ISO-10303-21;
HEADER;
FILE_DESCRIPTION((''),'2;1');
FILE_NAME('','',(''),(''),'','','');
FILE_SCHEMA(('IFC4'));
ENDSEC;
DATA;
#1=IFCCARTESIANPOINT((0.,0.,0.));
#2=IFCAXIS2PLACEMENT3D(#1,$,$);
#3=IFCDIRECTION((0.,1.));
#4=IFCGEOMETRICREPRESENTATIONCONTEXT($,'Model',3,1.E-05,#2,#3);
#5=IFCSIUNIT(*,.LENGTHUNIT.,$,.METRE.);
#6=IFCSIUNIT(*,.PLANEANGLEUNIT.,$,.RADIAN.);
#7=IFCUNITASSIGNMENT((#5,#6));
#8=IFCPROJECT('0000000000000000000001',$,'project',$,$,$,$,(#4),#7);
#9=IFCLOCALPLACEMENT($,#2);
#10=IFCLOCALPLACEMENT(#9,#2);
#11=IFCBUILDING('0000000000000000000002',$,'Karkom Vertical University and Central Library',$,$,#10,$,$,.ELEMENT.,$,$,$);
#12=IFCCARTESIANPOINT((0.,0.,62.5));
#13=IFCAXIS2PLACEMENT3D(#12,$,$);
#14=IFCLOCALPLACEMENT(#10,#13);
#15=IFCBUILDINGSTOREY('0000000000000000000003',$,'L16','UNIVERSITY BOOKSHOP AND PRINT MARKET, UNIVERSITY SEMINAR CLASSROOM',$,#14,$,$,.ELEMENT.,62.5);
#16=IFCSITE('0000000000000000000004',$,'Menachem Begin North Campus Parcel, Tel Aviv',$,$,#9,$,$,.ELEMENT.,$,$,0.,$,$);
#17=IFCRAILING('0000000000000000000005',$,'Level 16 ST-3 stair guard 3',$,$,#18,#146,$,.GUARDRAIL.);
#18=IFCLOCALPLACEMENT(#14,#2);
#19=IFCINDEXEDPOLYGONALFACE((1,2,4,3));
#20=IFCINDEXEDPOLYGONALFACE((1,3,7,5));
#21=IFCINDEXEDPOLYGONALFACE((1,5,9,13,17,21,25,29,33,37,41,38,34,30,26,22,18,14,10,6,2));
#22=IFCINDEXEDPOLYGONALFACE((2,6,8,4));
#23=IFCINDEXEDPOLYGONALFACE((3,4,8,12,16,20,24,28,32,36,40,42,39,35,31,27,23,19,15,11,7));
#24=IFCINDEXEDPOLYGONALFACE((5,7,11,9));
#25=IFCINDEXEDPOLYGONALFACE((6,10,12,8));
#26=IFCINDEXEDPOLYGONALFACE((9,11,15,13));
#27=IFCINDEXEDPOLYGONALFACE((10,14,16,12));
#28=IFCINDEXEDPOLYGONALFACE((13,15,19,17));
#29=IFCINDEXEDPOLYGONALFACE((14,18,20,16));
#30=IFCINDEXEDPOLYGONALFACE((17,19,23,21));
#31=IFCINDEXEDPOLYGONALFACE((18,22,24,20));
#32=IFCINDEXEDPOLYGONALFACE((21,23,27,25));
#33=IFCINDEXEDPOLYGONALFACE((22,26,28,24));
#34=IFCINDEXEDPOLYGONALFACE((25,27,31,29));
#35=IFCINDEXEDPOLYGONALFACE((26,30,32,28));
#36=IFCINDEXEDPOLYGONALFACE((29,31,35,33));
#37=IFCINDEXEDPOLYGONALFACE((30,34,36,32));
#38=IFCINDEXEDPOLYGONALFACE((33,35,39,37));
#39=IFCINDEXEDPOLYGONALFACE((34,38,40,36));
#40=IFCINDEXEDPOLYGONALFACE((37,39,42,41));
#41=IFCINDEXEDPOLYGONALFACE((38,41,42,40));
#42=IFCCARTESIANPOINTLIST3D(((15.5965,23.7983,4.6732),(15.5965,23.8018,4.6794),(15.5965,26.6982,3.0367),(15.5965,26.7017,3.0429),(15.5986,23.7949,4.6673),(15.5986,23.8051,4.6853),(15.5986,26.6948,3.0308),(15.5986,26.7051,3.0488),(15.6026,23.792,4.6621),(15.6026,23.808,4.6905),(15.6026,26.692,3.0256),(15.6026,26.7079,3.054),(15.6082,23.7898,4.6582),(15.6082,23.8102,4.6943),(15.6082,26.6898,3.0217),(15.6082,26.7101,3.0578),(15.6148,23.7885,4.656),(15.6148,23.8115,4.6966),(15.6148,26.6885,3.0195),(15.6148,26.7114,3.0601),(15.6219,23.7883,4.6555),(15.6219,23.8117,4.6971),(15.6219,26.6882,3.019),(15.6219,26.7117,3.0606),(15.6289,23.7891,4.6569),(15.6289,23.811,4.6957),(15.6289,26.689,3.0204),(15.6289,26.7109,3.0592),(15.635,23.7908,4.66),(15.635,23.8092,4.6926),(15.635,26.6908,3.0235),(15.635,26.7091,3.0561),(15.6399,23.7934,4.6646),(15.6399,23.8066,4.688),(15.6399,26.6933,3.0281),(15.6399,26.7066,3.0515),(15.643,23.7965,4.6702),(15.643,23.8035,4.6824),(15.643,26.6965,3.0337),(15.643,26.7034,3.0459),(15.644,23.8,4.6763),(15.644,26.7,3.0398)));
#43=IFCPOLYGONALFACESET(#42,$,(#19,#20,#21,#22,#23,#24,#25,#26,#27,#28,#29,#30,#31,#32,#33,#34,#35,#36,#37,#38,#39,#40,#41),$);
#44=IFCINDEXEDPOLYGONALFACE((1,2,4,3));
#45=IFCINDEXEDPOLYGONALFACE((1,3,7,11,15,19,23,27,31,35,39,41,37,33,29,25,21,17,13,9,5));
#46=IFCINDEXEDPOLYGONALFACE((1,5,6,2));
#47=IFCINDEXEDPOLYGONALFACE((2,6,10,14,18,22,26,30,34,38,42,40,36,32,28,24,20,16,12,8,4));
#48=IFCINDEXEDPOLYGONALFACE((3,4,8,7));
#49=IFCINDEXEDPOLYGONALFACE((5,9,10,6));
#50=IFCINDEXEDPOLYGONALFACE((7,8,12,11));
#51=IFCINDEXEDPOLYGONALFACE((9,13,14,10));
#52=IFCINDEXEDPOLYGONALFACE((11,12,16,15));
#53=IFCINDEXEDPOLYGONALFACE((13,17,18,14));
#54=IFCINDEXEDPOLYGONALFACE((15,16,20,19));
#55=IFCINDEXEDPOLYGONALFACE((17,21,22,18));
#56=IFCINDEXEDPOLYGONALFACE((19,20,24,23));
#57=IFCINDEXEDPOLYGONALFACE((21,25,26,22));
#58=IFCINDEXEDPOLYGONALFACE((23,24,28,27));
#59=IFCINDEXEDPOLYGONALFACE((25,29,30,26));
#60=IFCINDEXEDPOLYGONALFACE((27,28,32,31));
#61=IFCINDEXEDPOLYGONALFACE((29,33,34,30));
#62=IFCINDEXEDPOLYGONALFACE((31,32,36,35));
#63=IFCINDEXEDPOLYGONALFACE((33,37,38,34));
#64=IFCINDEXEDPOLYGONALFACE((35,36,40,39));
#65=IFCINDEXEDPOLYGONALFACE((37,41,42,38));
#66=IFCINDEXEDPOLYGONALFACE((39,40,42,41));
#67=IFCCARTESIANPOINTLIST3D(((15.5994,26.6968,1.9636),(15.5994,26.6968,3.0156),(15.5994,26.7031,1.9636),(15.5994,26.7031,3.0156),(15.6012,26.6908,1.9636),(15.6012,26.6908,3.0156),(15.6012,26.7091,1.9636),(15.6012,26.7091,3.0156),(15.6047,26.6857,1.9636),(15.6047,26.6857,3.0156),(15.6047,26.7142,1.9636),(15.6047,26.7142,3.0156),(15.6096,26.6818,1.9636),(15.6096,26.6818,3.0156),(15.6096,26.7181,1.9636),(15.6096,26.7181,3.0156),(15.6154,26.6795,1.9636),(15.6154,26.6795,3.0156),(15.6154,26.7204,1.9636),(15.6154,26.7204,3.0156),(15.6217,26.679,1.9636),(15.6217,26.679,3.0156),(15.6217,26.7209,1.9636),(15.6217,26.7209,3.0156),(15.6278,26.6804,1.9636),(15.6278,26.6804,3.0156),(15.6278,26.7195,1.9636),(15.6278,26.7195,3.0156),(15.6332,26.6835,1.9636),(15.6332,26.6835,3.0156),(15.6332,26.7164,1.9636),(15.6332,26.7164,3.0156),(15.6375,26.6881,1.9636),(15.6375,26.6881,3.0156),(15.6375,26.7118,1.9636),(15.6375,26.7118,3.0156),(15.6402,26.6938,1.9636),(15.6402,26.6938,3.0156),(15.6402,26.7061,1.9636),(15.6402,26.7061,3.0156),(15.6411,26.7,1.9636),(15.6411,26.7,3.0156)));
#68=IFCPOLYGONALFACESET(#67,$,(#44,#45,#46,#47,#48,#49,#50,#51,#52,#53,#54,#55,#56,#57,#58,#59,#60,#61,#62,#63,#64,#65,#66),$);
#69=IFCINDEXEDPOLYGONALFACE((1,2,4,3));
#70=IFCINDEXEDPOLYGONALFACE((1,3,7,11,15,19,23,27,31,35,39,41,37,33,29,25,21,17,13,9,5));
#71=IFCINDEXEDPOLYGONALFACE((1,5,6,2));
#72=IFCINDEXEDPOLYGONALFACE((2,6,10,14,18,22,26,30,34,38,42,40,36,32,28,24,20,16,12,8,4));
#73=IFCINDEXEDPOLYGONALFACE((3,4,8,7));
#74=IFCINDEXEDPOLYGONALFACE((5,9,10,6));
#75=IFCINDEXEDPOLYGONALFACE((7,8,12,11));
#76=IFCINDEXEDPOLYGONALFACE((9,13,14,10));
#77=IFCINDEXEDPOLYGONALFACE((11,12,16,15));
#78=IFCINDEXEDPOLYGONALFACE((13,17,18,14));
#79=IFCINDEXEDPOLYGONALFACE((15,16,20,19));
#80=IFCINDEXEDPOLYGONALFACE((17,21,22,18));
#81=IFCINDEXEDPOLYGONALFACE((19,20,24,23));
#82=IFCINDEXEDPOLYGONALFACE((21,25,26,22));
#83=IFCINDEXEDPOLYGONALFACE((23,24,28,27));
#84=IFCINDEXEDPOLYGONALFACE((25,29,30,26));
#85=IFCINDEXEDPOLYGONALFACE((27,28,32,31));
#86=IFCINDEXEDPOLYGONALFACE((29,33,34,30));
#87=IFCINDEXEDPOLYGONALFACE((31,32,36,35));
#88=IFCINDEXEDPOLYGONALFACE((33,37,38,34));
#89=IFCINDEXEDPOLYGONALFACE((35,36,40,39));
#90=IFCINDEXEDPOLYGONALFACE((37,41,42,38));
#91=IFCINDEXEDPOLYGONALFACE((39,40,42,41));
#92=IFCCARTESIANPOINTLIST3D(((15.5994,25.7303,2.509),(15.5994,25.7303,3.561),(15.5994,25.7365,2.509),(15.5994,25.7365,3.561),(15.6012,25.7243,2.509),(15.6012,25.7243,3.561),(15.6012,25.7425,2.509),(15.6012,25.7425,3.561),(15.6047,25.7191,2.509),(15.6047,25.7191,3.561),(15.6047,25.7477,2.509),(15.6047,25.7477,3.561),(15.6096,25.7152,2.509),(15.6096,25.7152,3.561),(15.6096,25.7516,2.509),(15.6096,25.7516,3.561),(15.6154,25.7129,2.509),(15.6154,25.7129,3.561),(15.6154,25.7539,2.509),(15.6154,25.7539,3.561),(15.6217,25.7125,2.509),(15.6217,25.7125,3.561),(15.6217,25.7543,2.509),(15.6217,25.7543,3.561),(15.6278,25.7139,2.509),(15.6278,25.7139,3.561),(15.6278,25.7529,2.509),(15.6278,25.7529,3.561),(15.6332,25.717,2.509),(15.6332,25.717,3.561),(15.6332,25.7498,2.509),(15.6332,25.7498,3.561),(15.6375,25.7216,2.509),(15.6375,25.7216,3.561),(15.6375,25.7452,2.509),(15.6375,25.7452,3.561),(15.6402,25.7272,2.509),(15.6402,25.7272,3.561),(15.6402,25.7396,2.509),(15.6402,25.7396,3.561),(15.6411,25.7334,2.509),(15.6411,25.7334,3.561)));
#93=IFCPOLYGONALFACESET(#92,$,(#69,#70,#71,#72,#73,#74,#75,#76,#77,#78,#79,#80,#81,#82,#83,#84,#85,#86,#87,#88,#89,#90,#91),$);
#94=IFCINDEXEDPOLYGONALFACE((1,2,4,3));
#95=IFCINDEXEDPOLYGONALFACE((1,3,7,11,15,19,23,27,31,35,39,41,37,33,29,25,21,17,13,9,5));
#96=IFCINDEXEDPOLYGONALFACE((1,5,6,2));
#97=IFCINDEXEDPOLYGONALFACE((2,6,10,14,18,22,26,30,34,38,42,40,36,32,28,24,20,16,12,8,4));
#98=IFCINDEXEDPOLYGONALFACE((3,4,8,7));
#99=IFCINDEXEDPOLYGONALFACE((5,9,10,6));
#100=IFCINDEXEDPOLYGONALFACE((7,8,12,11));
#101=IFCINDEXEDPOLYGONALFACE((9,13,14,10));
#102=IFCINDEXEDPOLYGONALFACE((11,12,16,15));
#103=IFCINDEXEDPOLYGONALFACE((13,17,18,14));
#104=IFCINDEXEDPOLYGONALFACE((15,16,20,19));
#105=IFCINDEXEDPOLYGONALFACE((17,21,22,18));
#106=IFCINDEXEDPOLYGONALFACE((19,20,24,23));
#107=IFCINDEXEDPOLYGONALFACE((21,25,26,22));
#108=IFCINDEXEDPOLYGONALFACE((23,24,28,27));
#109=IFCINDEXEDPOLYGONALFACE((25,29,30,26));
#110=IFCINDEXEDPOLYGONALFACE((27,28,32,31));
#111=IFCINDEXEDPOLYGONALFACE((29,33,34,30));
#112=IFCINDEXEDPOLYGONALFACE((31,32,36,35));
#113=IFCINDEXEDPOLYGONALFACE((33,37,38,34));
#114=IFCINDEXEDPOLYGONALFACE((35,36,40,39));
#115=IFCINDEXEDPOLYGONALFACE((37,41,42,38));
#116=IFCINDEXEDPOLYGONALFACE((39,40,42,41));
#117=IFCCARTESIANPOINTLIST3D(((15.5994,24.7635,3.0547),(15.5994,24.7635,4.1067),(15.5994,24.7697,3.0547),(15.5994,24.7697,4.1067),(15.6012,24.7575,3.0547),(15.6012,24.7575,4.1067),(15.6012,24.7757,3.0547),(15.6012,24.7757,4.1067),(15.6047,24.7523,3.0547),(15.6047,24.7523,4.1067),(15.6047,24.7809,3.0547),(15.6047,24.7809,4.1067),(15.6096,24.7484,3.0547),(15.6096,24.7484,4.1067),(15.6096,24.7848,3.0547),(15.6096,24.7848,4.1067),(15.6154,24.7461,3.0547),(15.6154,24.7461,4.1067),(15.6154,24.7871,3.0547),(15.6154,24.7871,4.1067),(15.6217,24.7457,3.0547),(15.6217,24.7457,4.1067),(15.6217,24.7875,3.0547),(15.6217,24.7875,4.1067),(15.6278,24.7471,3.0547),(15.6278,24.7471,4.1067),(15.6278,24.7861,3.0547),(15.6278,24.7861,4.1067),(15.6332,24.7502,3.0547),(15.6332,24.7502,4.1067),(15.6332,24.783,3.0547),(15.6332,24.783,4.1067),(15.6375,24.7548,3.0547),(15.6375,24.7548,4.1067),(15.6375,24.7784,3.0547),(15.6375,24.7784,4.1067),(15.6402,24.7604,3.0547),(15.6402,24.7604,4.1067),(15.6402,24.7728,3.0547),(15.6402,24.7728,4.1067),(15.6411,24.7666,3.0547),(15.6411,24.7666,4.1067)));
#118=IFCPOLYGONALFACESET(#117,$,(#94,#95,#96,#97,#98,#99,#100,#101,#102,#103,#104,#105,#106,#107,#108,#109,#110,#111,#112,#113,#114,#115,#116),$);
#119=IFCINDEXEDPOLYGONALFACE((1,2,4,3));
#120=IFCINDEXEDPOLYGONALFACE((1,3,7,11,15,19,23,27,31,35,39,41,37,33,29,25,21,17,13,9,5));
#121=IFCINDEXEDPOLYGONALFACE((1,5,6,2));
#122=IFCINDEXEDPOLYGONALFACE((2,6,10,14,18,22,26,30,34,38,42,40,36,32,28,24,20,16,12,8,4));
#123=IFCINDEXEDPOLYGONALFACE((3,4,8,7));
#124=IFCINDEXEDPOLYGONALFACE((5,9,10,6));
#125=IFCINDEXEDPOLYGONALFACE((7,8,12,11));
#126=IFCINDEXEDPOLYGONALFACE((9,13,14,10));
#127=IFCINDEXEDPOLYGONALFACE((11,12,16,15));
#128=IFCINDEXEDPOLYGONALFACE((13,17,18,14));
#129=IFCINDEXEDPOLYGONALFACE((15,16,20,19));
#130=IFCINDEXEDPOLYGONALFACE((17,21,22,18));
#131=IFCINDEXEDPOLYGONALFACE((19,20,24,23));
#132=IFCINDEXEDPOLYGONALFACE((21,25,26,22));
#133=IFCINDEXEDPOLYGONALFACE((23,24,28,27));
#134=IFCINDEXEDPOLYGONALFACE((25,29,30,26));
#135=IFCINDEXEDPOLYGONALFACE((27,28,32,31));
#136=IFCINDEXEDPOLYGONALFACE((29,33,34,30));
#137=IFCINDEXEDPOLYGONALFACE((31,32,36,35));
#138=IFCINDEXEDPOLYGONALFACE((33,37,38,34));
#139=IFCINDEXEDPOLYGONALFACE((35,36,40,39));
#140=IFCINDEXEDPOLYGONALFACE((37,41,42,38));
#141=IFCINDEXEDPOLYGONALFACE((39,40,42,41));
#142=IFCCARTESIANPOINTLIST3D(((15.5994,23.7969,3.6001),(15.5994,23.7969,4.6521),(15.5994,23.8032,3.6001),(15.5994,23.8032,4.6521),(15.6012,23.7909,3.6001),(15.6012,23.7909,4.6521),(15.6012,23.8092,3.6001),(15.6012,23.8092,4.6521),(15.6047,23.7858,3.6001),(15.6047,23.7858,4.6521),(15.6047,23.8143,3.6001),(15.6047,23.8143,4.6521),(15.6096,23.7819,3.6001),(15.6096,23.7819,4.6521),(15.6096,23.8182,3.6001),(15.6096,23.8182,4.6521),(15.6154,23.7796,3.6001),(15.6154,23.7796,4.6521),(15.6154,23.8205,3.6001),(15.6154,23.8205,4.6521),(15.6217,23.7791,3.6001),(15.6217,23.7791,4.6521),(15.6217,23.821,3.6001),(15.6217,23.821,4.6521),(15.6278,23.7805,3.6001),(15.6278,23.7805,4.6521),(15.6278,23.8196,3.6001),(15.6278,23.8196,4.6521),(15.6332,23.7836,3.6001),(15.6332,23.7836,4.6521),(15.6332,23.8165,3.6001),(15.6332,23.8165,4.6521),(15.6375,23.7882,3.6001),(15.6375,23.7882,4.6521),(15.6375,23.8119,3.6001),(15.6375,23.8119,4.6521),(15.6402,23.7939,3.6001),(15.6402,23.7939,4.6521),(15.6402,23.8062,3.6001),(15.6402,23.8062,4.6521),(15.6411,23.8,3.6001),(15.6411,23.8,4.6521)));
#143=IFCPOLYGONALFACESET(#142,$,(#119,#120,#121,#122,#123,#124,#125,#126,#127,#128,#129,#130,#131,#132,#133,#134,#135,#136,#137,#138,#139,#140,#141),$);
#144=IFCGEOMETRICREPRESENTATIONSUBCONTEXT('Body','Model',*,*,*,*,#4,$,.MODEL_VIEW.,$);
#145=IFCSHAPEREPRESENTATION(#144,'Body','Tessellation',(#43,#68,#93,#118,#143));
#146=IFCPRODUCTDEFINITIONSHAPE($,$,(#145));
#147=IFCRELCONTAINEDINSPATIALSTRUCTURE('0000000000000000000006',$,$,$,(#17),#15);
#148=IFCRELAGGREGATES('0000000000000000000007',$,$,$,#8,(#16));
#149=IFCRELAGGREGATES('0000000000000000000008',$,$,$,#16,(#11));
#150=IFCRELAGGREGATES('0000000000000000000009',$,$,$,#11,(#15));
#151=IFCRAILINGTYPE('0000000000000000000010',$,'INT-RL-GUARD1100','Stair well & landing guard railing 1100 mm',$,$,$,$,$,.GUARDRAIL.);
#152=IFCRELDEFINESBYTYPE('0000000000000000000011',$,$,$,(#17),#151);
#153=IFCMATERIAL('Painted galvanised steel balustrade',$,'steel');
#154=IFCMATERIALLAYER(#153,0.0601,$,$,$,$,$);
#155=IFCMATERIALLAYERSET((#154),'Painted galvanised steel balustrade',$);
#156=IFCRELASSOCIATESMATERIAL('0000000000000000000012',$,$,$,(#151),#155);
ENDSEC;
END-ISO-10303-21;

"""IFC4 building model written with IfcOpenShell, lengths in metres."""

from ifc_helpers import new_model, si_unit, direction, frame, origin, origin_2d, place, context, subcontext, project, spatial, circle, extrude, material, layer, layer_set, type_object, element, save


model = new_model("IFC4")

# Units and contexts
model_context = context("Model", 3, precision=1e-05, world=origin(), true_north=direction((0.0, 1.0)))
body_context = subcontext(model_context, "Body", "Model", "MODEL_VIEW")
ifc_project = project(units=[si_unit("LENGTHUNIT", "METRE"), si_unit("PLANEANGLEUNIT", "RADIAN")], contexts=[model_context])

# Site, building, storey
site_placement = place(None, origin())
site = spatial("IfcSite", under=ifc_project, at=site_placement, Name="Menachem Begin North Campus Parcel, Tel Aviv", CompositionType="ELEMENT", RefElevation=0.0)
building_placement = place(site_placement, origin())
building = spatial("IfcBuilding", under=site, at=building_placement, Name="Karkom Vertical University and Central Library", CompositionType="ELEMENT")
storey_placement = place(building_placement, frame((0.0, 0.0, 62.5)))
storey = spatial("IfcBuildingStorey", under=building, at=storey_placement, Name="L16", Description="UNIVERSITY BOOKSHOP AND PRINT MARKET, UNIVERSITY SEMINAR CLASSROOM", CompositionType="ELEMENT", Elevation=62.5)

# Railing
ifc_material_1 = material(Name="Painted galvanised steel balustrade", Category="steel")
ifc_layer_1 = layer(ifc_material_1, 0.0601)
ifc_layer_set_1 = layer_set([ifc_layer_1], Name="Painted galvanised steel balustrade")
railing_type_1 = type_object("IfcRailingType", Name="INT-RL-GUARD1100", Description="Stair well & landing guard railing 1100 mm", PredefinedType="GUARDRAIL", material=ifc_layer_set_1)
railing_1_placement = place(storey_placement, frame((15.6201, 26.7, 1.9636)))
element("IfcRailing", 1, at=railing_1_placement, inside=storey, type_object=railing_type_1, Name="Level 16 ST-3 stair guard 3", PredefinedType="GUARDRAIL", context=body_context, shape_type="SweptSolid", body=[
    extrude(circle(Radius=0.0239, at=origin_2d()), frame((0.0, 0.0, 1.0762), z_axis=(0.0, -0.870897, 0.491465), x_axis=(1.0, 0.0, 0.0)), (0.0, 0.0, 1.0), 3.3298),
    extrude(circle(Radius=0.021, at=origin_2d()), origin(), (0.0, 0.0, 1.0), 1.052),
    extrude(circle(Radius=0.021, at=origin_2d()), frame((0.0, -0.9666, 0.5454)), (0.0, 0.0, 1.0), 1.052),
    extrude(circle(Radius=0.021, at=origin_2d()), frame((0.0, -1.9333, 1.0911)), (0.0, 0.0, 1.0), 1.052),
    extrude(circle(Radius=0.021, at=origin_2d()), frame((0.0, -2.8999, 1.6365)), (0.0, 0.0, 1.0), 1.052),
])

save(model, "model.ifc")
